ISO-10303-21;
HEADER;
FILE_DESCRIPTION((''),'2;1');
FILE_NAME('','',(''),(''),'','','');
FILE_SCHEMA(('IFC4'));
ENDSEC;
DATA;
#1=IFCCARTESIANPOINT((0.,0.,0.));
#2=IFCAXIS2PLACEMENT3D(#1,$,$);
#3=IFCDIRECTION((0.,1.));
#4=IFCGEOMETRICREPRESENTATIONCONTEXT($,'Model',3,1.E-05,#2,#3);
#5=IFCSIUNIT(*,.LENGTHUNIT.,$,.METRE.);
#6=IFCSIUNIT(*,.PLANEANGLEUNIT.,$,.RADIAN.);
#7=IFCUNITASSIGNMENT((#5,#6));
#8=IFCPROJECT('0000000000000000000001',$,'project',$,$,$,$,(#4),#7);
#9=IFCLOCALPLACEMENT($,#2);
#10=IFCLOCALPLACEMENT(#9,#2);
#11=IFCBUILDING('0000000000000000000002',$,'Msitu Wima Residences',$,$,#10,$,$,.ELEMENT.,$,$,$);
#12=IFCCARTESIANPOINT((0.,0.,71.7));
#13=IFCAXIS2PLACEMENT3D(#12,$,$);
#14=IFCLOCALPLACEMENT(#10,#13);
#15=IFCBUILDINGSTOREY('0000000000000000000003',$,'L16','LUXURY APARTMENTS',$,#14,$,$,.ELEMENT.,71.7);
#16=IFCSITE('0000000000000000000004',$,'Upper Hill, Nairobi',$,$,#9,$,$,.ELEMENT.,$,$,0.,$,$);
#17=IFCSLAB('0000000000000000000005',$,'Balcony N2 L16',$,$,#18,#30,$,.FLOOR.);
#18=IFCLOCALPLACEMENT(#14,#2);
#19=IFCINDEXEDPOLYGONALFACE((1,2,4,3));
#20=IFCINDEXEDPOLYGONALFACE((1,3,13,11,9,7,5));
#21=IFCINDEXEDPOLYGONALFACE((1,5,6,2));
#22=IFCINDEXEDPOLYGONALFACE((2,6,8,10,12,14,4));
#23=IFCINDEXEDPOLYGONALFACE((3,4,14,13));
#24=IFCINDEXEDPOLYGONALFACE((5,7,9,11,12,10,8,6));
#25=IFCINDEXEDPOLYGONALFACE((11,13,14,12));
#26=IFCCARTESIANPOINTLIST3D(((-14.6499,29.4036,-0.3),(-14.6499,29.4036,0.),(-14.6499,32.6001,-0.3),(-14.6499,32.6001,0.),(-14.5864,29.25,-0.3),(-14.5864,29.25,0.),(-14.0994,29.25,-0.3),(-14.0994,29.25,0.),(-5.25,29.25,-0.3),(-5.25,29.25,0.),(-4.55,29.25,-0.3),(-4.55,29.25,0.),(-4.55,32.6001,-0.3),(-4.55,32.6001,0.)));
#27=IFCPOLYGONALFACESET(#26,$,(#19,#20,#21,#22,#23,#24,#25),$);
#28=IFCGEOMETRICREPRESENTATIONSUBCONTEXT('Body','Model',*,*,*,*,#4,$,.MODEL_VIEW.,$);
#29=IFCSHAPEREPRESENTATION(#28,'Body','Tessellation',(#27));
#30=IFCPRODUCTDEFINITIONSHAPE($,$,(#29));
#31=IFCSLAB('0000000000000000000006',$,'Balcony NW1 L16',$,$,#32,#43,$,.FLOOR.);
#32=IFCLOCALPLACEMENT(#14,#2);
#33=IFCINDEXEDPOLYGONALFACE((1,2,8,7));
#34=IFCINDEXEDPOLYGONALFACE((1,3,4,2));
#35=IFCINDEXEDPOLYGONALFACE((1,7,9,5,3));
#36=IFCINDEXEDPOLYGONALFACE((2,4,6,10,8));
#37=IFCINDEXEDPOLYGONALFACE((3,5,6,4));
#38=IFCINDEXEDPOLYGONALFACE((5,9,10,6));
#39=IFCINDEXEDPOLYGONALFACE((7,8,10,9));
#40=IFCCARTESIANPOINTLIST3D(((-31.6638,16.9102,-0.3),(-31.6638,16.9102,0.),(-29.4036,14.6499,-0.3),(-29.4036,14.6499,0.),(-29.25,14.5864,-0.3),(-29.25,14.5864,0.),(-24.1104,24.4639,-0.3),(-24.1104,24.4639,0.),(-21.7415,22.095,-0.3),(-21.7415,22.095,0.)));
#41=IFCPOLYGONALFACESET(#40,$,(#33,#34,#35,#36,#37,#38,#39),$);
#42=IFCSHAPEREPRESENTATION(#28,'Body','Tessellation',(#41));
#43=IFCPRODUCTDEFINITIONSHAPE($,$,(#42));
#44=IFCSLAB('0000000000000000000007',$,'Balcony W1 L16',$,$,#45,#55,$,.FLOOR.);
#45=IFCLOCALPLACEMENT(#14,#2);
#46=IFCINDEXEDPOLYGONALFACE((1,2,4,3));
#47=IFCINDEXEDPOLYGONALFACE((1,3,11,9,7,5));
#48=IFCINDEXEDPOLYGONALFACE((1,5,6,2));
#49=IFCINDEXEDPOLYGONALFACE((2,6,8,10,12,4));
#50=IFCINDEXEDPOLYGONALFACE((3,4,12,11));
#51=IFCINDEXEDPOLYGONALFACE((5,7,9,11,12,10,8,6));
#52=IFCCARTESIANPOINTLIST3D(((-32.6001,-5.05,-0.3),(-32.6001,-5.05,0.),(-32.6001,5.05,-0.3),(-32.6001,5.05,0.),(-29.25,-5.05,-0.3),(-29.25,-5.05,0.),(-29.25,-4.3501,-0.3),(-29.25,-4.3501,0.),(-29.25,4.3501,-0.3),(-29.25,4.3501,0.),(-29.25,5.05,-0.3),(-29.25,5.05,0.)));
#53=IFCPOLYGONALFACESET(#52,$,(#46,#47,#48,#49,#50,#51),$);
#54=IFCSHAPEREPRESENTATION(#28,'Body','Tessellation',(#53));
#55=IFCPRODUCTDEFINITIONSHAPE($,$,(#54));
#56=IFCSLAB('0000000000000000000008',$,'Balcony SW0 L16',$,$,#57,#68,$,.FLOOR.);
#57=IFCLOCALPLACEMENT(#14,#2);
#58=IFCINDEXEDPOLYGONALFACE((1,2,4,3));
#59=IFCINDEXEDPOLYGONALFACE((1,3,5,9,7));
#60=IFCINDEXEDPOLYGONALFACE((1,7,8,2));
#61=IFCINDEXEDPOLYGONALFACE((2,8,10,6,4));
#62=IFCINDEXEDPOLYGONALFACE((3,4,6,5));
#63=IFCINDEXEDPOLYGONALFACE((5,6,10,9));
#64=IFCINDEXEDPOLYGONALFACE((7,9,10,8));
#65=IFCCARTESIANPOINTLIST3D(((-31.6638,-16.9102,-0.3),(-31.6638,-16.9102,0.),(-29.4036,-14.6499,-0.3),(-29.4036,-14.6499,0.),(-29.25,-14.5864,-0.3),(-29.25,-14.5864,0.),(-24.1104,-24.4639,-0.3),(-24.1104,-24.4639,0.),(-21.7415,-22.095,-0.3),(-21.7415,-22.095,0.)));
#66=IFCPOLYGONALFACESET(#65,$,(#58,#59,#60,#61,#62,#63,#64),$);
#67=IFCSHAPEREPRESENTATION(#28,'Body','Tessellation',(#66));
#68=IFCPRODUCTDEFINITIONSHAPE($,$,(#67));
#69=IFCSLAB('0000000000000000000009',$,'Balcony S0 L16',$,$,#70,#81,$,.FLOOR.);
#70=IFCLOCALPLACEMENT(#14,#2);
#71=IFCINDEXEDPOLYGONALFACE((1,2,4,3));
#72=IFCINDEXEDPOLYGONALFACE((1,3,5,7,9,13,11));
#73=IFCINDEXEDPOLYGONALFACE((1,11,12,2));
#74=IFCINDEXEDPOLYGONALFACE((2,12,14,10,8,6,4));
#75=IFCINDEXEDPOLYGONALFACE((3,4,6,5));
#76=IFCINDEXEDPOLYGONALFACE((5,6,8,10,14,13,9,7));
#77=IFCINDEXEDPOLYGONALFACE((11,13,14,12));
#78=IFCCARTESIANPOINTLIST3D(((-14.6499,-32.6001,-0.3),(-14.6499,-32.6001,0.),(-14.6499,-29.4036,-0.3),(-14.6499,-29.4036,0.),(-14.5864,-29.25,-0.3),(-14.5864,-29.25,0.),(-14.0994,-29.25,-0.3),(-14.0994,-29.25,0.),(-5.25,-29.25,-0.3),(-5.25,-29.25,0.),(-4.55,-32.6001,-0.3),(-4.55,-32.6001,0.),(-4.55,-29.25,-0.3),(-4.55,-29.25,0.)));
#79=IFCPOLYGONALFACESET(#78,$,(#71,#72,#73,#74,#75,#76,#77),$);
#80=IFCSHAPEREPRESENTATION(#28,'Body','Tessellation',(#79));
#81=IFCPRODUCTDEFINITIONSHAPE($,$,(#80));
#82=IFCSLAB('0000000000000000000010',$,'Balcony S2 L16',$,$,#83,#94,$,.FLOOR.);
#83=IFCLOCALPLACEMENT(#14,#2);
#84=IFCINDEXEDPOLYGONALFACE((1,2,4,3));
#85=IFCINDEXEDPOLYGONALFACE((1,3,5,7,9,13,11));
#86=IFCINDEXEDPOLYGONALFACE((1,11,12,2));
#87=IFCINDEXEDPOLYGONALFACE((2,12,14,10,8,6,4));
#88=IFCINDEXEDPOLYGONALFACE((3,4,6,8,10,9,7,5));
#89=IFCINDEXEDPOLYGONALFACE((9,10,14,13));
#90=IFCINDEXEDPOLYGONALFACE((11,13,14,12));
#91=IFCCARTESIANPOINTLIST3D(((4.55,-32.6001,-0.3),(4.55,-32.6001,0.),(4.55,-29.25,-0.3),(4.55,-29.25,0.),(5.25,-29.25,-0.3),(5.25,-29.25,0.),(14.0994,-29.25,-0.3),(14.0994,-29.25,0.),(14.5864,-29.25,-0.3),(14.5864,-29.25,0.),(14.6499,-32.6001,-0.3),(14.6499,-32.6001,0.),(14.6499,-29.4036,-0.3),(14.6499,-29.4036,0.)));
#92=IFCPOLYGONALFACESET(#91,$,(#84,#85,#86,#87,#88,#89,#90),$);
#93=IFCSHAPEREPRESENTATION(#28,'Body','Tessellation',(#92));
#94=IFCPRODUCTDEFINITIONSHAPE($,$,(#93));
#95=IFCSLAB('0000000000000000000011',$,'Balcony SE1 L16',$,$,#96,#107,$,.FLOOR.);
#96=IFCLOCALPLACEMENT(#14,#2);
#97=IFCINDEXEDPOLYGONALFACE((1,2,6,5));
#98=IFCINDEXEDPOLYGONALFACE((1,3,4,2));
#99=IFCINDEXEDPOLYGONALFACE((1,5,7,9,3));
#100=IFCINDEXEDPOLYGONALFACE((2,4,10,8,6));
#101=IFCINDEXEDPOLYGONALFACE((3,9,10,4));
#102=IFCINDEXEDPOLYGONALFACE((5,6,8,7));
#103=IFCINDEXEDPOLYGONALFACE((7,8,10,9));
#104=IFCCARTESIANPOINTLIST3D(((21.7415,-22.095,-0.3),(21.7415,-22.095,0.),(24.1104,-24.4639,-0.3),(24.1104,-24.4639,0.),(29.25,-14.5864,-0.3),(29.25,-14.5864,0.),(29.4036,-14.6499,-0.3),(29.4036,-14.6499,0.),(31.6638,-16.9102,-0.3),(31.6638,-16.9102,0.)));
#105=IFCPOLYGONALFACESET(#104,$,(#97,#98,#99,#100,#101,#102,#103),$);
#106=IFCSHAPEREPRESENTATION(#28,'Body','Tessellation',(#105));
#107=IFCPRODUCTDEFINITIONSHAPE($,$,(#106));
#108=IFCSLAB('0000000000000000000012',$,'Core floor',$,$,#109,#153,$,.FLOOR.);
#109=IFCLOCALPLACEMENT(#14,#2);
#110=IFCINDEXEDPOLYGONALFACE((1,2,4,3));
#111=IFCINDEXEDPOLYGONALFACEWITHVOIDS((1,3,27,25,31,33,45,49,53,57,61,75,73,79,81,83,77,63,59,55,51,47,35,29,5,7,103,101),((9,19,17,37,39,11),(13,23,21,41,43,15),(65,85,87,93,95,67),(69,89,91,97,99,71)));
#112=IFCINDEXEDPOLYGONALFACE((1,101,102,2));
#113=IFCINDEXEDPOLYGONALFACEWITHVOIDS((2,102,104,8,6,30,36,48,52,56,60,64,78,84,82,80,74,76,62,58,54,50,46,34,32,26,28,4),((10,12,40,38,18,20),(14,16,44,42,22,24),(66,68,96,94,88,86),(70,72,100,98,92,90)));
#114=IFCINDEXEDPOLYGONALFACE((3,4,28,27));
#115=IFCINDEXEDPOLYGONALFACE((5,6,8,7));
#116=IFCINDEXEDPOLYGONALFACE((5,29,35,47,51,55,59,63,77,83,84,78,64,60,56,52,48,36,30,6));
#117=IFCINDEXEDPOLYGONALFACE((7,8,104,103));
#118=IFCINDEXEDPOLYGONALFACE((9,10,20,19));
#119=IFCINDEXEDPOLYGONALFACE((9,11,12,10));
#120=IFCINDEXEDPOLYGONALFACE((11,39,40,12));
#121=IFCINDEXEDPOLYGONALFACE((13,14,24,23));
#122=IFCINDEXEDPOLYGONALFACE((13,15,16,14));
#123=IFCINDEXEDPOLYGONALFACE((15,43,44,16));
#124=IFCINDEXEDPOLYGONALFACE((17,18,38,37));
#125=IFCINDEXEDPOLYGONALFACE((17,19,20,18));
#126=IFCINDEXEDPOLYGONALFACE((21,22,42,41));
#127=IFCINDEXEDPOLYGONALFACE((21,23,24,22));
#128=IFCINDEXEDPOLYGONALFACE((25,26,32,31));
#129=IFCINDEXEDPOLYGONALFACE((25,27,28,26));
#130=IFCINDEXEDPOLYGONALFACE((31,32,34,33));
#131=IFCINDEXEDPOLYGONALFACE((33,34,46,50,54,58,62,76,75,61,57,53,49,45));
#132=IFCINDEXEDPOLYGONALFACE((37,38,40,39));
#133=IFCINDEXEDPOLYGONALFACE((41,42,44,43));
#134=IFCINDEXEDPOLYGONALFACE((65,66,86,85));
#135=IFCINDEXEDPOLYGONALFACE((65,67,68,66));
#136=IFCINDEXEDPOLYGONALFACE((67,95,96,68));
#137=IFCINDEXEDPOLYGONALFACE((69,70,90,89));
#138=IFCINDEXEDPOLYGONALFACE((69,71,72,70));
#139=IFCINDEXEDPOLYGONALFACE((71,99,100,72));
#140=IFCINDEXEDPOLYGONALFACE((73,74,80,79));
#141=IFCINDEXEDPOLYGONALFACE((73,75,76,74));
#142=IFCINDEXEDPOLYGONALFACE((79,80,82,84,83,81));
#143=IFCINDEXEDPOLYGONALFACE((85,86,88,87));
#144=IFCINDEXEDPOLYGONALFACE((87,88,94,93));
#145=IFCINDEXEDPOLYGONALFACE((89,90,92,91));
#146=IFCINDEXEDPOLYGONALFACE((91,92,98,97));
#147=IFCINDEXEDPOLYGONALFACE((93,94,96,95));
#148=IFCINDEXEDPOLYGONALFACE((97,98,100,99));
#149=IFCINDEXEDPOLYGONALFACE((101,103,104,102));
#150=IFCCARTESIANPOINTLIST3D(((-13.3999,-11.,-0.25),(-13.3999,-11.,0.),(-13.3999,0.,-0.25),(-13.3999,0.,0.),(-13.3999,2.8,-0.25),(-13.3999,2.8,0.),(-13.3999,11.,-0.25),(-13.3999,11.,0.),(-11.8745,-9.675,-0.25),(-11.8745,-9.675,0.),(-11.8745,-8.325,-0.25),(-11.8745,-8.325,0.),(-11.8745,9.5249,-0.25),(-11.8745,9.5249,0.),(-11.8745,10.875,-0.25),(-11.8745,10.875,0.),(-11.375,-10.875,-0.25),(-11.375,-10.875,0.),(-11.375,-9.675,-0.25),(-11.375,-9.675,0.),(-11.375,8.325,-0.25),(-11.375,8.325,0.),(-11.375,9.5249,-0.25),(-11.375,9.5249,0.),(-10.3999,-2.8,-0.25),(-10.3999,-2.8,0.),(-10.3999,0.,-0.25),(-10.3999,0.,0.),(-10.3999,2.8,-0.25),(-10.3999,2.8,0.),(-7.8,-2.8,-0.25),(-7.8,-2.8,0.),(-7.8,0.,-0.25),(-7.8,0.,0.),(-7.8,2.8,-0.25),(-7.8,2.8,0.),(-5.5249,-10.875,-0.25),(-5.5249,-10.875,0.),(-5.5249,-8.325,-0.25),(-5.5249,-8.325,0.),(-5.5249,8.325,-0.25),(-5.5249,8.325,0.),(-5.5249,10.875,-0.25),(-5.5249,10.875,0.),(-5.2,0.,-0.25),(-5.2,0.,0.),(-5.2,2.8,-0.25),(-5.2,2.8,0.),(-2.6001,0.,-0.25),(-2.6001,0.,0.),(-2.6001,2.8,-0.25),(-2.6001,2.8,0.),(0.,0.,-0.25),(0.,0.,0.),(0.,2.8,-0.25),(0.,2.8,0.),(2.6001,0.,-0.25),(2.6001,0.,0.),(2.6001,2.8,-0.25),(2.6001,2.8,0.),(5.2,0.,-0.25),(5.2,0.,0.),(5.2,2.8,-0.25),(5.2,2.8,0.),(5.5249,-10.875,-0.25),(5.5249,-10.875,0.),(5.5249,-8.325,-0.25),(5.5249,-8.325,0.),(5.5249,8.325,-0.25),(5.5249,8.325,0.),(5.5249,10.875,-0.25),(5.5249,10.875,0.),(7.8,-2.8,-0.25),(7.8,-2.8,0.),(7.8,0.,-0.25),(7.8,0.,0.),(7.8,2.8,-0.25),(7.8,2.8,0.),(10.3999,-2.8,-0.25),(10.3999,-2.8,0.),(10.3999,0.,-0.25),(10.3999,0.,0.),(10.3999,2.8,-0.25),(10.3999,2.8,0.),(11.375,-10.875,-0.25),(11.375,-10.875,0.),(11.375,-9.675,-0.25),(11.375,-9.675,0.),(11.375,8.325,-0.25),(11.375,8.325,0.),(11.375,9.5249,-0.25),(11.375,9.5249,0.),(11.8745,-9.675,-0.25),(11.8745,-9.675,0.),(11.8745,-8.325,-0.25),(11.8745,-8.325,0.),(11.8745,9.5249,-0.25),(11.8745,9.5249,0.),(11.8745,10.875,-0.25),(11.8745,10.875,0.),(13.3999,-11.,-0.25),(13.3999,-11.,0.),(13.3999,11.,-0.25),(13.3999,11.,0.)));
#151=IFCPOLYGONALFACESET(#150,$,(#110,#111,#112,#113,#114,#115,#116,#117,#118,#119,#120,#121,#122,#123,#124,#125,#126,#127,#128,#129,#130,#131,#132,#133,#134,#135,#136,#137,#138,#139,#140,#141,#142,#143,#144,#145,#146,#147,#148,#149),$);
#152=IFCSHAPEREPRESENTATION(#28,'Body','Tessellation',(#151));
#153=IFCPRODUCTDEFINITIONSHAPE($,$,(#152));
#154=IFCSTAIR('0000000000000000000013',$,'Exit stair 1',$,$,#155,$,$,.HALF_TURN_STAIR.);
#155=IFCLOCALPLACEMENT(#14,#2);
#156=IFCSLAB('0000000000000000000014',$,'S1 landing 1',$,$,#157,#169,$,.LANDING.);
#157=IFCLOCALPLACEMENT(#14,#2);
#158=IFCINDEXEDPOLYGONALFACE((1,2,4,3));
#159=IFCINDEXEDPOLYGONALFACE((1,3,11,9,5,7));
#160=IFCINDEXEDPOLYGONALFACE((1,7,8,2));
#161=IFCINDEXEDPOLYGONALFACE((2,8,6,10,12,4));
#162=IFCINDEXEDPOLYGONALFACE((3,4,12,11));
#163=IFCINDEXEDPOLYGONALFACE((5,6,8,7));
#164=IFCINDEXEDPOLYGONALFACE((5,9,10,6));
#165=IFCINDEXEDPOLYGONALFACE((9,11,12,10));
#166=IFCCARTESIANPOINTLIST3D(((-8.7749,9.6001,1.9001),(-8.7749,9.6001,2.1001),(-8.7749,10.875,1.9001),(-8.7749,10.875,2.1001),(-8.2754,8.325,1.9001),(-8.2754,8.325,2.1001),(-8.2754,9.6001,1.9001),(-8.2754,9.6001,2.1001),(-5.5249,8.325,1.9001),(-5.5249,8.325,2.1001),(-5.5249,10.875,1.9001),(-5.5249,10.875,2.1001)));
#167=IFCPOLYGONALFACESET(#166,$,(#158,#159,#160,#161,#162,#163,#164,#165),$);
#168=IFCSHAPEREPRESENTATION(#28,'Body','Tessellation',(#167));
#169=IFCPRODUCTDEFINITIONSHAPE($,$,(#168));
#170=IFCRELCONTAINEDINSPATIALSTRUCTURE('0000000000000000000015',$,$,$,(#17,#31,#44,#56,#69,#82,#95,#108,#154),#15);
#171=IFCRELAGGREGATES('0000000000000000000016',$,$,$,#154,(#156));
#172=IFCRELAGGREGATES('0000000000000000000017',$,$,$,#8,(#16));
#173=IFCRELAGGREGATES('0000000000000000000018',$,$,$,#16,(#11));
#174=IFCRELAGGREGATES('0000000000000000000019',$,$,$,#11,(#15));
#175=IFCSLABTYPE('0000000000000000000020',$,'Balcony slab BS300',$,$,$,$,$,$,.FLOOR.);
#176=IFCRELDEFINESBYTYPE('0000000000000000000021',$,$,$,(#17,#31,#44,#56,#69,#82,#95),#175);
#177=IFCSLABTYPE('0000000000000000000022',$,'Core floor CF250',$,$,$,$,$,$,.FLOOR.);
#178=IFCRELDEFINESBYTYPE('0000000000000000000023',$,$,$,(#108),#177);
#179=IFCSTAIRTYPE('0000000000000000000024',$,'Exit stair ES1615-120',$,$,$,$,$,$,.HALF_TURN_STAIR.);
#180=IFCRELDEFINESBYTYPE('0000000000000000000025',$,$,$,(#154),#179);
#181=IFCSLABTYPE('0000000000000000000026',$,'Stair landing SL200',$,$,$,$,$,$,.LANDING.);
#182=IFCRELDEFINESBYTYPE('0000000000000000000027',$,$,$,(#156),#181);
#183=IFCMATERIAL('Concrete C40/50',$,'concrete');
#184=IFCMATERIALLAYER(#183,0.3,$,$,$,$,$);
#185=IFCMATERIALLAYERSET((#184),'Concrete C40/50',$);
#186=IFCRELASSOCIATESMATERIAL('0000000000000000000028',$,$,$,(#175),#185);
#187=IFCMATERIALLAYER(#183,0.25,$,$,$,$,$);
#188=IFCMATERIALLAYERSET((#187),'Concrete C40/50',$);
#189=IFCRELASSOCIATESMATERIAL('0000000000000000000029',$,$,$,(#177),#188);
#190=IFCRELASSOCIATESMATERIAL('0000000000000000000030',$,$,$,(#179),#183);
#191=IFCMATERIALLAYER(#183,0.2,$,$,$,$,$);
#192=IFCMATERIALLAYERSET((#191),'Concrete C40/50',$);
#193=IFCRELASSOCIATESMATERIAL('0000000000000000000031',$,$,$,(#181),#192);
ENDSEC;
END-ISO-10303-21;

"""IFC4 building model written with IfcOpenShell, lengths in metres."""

from ifc_helpers import new_model, si_unit, direction, frame, origin, place, context, subcontext, project, spatial, polyline, outline, extrude, material, layer, layer_set, type_object, element, aggregate, save


model = new_model("IFC4")

# Units and contexts
model_context = context("Model", 3, precision=1e-05, world=origin(), true_north=direction((0.0, 1.0)))
body_context = subcontext(model_context, "Body", "Model", "MODEL_VIEW")
ifc_project = project(units=[si_unit("LENGTHUNIT", "METRE"), si_unit("PLANEANGLEUNIT", "RADIAN")], contexts=[model_context])

# Site, building, storey
site_placement = place(None, origin())
site = spatial("IfcSite", under=ifc_project, at=site_placement, Name="Upper Hill, Nairobi", CompositionType="ELEMENT", RefElevation=0.0)
building_placement = place(site_placement, origin())
building = spatial("IfcBuilding", under=site, at=building_placement, Name="Msitu Wima Residences", CompositionType="ELEMENT")
storey_placement = place(building_placement, frame((0.0, 0.0, 71.7)))
storey = spatial("IfcBuildingStorey", under=building, at=storey_placement, Name="L16", Description="LUXURY APARTMENTS", CompositionType="ELEMENT", Elevation=71.7)

# Slabs
ifc_material_1 = material(Name="Concrete C40/50", Category="concrete")
ifc_layer_1 = layer(ifc_material_1, 0.3)
ifc_layer_set_1 = layer_set([ifc_layer_1], Name="Concrete C40/50")
slab_type_1 = type_object("IfcSlabType", Name="Balcony slab BS300", PredefinedType="FLOOR", material=ifc_layer_set_1)
slab_1_placement = place(storey_placement, frame((0.0, 0.0, -0.3)))
element("IfcSlab", 1, at=slab_1_placement, inside=storey, type_object=slab_type_1, Name="Balcony N2 L16", PredefinedType="FLOOR", context=body_context, shape_type="SweptSolid", body=[
    extrude(outline(polyline([(-14.0994, 29.25), (-14.0994, 29.25), (-14.0994, 29.25), (-14.5864, 29.25), (-14.6499, 29.4036), (-14.6499, 32.6001), (-4.55, 32.6001), (-4.55, 29.25), (-5.25, 29.25), (-14.0994, 29.25)])), origin(), (0.0, 0.0, 1.0), 0.3),
])
slab_2_placement = place(storey_placement, frame((0.0, 0.0, -0.3)))
element("IfcSlab", 2, at=slab_2_placement, inside=storey, type_object=slab_type_1, Name="Balcony NW1 L16", PredefinedType="FLOOR", context=body_context, shape_type="SweptSolid", body=[
    extrude(outline(polyline([(-31.6638, 16.9102), (-24.1104, 24.4639), (-21.7415, 22.095), (-29.25, 14.5864), (-29.4036, 14.6499), (-31.6638, 16.9102)])), origin(), (0.0, 0.0, 1.0), 0.3),
])
slab_3_placement = place(storey_placement, frame((0.0, 0.0, -0.3)))
element("IfcSlab", 3, at=slab_3_placement, inside=storey, type_object=slab_type_1, Name="Balcony W1 L16", PredefinedType="FLOOR", context=body_context, shape_type="SweptSolid", body=[
    extrude(outline(polyline([(-29.25, 4.3501), (-29.25, -4.3501), (-29.25, -5.05), (-32.6001, -5.05), (-32.6001, 5.05), (-29.25, 5.05), (-29.25, 4.3501)])), origin(), (0.0, 0.0, 1.0), 0.3),
])
slab_4_placement = place(storey_placement, frame((0.0, 0.0, -0.3)))
element("IfcSlab", 4, at=slab_4_placement, inside=storey, type_object=slab_type_1, Name="Balcony SW0 L16", PredefinedType="FLOOR", context=body_context, shape_type="SweptSolid", body=[
    extrude(outline(polyline([(-24.1104, -24.4639), (-31.6638, -16.9102), (-29.4036, -14.6499), (-29.25, -14.5864), (-21.7415, -22.095), (-24.1104, -24.4639)])), origin(), (0.0, 0.0, 1.0), 0.3),
])
slab_5_placement = place(storey_placement, frame((0.0, 0.0, -0.3)))
element("IfcSlab", 5, at=slab_5_placement, inside=storey, type_object=slab_type_1, Name="Balcony S0 L16", PredefinedType="FLOOR", context=body_context, shape_type="SweptSolid", body=[
    extrude(outline(polyline([(-14.0994, -29.25), (-14.0994, -29.25), (-5.25, -29.25), (-4.55, -29.25), (-4.55, -32.6001), (-14.6499, -32.6001), (-14.6499, -29.4036), (-14.5864, -29.25), (-14.0994, -29.25), (-14.0994, -29.25)])), origin(), (0.0, 0.0, 1.0), 0.3),
])
slab_6_placement = place(storey_placement, frame((0.0, 0.0, -0.3)))
element("IfcSlab", 6, at=slab_6_placement, inside=storey, type_object=slab_type_1, Name="Balcony S2 L16", PredefinedType="FLOOR", context=body_context, shape_type="SweptSolid", body=[
    extrude(outline(polyline([(14.0994, -29.25), (14.0994, -29.25), (14.0994, -29.25), (14.5864, -29.25), (14.6499, -29.4036), (14.6499, -32.6001), (4.55, -32.6001), (4.55, -29.25), (5.25, -29.25), (14.0994, -29.25)])), origin(), (0.0, 0.0, 1.0), 0.3),
])
slab_7_placement = place(storey_placement, frame((0.0, 0.0, -0.3)))
element("IfcSlab", 7, at=slab_7_placement, inside=storey, type_object=slab_type_1, Name="Balcony SE1 L16", PredefinedType="FLOOR", context=body_context, shape_type="SweptSolid", body=[
    extrude(outline(polyline([(31.6638, -16.9102), (24.1104, -24.4639), (21.7415, -22.095), (29.25, -14.5864), (29.4036, -14.6499), (31.6638, -16.9102)])), origin(), (0.0, 0.0, 1.0), 0.3),
])
ifc_layer_2 = layer(ifc_material_1, 0.25)
ifc_layer_set_2 = layer_set([ifc_layer_2], Name="Concrete C40/50")
slab_type_2 = type_object("IfcSlabType", Name="Core floor CF250", PredefinedType="FLOOR", material=ifc_layer_set_2)
slab_8_placement = place(storey_placement, frame((0.0, 0.0, -0.25)))
element("IfcSlab", 8, at=slab_8_placement, inside=storey, type_object=slab_type_2, Name="Core floor", PredefinedType="FLOOR", context=body_context, shape_type="SweptSolid", body=[
    extrude(outline(polyline([(-13.3999, 11.0), (-13.3999, 2.8), (-10.3999, 2.8), (-7.8, 2.8), (-5.2, 2.8), (-2.6001, 2.8), (0.0, 2.8), (2.6001, 2.8), (5.2, 2.8), (7.8, 2.8), (10.3999, 2.8), (10.3999, 0.0), (10.3999, -2.8), (7.8, -2.8), (7.8, 0.0), (5.2, 0.0), (2.6001, 0.0), (0.0, 0.0), (-2.6001, 0.0), (-5.2, 0.0), (-7.8, 0.0), (-7.8, -2.8), (-10.3999, -2.8), (-10.3999, 0.0), (-13.3999, 0.0), (-13.3999, -11.0), (13.3999, -11.0), (13.3999, 11.0), (-13.3999, 11.0)]), holes=[polyline([(-11.375, -10.875), (-11.375, -9.675), (-11.8745, -9.675), (-11.8745, -8.325), (-5.5249, -8.325), (-5.5249, -10.875), (-11.375, -10.875)]), polyline([(-11.375, 9.5249), (-11.8745, 9.5249), (-11.8745, 10.875), (-5.5249, 10.875), (-5.5249, 8.325), (-11.375, 8.325), (-11.375, 9.5249)]), polyline([(11.375, -9.675), (11.375, -10.875), (5.5249, -10.875), (5.5249, -8.325), (11.8745, -8.325), (11.8745, -9.675), (11.375, -9.675)]), polyline([(11.375, 9.5249), (11.375, 8.325), (5.5249, 8.325), (5.5249, 10.875), (11.8745, 10.875), (11.8745, 9.5249), (11.375, 9.5249)])]), origin(), (0.0, 0.0, 1.0), 0.25),
])

# Stair, slab
stair_type = type_object("IfcStairType", Name="Exit stair ES1615-120", PredefinedType="HALF_TURN_STAIR", material=ifc_material_1)
stair_placement = place(storey_placement, origin())
stair = element("IfcStair", 9, at=stair_placement, inside=storey, type_object=stair_type, Name="Exit stair 1", PredefinedType="HALF_TURN_STAIR")
ifc_layer_3 = layer(ifc_material_1, 0.2)
ifc_layer_set_3 = layer_set([ifc_layer_3], Name="Concrete C40/50")
slab_type_3 = type_object("IfcSlabType", Name="Stair landing SL200", PredefinedType="LANDING", material=ifc_layer_set_3)
slab_9_placement = place(storey_placement, frame((0.0, 0.0, 1.9001)))
slab_9 = element("IfcSlab", 10, at=slab_9_placement, type_object=slab_type_3, Name="S1 landing 1", PredefinedType="LANDING", context=body_context, shape_type="SweptSolid", body=[
    extrude(outline(polyline([(-5.5249, 8.325), (-8.2754, 8.325), (-8.2754, 9.6001), (-8.7749, 9.6001), (-8.7749, 10.875), (-5.5249, 10.875), (-5.5249, 8.325)])), origin(), (0.0, 0.0, 1.0), 0.2),
])
aggregate(stair, [slab_9])

save(model, "model.ifc")
